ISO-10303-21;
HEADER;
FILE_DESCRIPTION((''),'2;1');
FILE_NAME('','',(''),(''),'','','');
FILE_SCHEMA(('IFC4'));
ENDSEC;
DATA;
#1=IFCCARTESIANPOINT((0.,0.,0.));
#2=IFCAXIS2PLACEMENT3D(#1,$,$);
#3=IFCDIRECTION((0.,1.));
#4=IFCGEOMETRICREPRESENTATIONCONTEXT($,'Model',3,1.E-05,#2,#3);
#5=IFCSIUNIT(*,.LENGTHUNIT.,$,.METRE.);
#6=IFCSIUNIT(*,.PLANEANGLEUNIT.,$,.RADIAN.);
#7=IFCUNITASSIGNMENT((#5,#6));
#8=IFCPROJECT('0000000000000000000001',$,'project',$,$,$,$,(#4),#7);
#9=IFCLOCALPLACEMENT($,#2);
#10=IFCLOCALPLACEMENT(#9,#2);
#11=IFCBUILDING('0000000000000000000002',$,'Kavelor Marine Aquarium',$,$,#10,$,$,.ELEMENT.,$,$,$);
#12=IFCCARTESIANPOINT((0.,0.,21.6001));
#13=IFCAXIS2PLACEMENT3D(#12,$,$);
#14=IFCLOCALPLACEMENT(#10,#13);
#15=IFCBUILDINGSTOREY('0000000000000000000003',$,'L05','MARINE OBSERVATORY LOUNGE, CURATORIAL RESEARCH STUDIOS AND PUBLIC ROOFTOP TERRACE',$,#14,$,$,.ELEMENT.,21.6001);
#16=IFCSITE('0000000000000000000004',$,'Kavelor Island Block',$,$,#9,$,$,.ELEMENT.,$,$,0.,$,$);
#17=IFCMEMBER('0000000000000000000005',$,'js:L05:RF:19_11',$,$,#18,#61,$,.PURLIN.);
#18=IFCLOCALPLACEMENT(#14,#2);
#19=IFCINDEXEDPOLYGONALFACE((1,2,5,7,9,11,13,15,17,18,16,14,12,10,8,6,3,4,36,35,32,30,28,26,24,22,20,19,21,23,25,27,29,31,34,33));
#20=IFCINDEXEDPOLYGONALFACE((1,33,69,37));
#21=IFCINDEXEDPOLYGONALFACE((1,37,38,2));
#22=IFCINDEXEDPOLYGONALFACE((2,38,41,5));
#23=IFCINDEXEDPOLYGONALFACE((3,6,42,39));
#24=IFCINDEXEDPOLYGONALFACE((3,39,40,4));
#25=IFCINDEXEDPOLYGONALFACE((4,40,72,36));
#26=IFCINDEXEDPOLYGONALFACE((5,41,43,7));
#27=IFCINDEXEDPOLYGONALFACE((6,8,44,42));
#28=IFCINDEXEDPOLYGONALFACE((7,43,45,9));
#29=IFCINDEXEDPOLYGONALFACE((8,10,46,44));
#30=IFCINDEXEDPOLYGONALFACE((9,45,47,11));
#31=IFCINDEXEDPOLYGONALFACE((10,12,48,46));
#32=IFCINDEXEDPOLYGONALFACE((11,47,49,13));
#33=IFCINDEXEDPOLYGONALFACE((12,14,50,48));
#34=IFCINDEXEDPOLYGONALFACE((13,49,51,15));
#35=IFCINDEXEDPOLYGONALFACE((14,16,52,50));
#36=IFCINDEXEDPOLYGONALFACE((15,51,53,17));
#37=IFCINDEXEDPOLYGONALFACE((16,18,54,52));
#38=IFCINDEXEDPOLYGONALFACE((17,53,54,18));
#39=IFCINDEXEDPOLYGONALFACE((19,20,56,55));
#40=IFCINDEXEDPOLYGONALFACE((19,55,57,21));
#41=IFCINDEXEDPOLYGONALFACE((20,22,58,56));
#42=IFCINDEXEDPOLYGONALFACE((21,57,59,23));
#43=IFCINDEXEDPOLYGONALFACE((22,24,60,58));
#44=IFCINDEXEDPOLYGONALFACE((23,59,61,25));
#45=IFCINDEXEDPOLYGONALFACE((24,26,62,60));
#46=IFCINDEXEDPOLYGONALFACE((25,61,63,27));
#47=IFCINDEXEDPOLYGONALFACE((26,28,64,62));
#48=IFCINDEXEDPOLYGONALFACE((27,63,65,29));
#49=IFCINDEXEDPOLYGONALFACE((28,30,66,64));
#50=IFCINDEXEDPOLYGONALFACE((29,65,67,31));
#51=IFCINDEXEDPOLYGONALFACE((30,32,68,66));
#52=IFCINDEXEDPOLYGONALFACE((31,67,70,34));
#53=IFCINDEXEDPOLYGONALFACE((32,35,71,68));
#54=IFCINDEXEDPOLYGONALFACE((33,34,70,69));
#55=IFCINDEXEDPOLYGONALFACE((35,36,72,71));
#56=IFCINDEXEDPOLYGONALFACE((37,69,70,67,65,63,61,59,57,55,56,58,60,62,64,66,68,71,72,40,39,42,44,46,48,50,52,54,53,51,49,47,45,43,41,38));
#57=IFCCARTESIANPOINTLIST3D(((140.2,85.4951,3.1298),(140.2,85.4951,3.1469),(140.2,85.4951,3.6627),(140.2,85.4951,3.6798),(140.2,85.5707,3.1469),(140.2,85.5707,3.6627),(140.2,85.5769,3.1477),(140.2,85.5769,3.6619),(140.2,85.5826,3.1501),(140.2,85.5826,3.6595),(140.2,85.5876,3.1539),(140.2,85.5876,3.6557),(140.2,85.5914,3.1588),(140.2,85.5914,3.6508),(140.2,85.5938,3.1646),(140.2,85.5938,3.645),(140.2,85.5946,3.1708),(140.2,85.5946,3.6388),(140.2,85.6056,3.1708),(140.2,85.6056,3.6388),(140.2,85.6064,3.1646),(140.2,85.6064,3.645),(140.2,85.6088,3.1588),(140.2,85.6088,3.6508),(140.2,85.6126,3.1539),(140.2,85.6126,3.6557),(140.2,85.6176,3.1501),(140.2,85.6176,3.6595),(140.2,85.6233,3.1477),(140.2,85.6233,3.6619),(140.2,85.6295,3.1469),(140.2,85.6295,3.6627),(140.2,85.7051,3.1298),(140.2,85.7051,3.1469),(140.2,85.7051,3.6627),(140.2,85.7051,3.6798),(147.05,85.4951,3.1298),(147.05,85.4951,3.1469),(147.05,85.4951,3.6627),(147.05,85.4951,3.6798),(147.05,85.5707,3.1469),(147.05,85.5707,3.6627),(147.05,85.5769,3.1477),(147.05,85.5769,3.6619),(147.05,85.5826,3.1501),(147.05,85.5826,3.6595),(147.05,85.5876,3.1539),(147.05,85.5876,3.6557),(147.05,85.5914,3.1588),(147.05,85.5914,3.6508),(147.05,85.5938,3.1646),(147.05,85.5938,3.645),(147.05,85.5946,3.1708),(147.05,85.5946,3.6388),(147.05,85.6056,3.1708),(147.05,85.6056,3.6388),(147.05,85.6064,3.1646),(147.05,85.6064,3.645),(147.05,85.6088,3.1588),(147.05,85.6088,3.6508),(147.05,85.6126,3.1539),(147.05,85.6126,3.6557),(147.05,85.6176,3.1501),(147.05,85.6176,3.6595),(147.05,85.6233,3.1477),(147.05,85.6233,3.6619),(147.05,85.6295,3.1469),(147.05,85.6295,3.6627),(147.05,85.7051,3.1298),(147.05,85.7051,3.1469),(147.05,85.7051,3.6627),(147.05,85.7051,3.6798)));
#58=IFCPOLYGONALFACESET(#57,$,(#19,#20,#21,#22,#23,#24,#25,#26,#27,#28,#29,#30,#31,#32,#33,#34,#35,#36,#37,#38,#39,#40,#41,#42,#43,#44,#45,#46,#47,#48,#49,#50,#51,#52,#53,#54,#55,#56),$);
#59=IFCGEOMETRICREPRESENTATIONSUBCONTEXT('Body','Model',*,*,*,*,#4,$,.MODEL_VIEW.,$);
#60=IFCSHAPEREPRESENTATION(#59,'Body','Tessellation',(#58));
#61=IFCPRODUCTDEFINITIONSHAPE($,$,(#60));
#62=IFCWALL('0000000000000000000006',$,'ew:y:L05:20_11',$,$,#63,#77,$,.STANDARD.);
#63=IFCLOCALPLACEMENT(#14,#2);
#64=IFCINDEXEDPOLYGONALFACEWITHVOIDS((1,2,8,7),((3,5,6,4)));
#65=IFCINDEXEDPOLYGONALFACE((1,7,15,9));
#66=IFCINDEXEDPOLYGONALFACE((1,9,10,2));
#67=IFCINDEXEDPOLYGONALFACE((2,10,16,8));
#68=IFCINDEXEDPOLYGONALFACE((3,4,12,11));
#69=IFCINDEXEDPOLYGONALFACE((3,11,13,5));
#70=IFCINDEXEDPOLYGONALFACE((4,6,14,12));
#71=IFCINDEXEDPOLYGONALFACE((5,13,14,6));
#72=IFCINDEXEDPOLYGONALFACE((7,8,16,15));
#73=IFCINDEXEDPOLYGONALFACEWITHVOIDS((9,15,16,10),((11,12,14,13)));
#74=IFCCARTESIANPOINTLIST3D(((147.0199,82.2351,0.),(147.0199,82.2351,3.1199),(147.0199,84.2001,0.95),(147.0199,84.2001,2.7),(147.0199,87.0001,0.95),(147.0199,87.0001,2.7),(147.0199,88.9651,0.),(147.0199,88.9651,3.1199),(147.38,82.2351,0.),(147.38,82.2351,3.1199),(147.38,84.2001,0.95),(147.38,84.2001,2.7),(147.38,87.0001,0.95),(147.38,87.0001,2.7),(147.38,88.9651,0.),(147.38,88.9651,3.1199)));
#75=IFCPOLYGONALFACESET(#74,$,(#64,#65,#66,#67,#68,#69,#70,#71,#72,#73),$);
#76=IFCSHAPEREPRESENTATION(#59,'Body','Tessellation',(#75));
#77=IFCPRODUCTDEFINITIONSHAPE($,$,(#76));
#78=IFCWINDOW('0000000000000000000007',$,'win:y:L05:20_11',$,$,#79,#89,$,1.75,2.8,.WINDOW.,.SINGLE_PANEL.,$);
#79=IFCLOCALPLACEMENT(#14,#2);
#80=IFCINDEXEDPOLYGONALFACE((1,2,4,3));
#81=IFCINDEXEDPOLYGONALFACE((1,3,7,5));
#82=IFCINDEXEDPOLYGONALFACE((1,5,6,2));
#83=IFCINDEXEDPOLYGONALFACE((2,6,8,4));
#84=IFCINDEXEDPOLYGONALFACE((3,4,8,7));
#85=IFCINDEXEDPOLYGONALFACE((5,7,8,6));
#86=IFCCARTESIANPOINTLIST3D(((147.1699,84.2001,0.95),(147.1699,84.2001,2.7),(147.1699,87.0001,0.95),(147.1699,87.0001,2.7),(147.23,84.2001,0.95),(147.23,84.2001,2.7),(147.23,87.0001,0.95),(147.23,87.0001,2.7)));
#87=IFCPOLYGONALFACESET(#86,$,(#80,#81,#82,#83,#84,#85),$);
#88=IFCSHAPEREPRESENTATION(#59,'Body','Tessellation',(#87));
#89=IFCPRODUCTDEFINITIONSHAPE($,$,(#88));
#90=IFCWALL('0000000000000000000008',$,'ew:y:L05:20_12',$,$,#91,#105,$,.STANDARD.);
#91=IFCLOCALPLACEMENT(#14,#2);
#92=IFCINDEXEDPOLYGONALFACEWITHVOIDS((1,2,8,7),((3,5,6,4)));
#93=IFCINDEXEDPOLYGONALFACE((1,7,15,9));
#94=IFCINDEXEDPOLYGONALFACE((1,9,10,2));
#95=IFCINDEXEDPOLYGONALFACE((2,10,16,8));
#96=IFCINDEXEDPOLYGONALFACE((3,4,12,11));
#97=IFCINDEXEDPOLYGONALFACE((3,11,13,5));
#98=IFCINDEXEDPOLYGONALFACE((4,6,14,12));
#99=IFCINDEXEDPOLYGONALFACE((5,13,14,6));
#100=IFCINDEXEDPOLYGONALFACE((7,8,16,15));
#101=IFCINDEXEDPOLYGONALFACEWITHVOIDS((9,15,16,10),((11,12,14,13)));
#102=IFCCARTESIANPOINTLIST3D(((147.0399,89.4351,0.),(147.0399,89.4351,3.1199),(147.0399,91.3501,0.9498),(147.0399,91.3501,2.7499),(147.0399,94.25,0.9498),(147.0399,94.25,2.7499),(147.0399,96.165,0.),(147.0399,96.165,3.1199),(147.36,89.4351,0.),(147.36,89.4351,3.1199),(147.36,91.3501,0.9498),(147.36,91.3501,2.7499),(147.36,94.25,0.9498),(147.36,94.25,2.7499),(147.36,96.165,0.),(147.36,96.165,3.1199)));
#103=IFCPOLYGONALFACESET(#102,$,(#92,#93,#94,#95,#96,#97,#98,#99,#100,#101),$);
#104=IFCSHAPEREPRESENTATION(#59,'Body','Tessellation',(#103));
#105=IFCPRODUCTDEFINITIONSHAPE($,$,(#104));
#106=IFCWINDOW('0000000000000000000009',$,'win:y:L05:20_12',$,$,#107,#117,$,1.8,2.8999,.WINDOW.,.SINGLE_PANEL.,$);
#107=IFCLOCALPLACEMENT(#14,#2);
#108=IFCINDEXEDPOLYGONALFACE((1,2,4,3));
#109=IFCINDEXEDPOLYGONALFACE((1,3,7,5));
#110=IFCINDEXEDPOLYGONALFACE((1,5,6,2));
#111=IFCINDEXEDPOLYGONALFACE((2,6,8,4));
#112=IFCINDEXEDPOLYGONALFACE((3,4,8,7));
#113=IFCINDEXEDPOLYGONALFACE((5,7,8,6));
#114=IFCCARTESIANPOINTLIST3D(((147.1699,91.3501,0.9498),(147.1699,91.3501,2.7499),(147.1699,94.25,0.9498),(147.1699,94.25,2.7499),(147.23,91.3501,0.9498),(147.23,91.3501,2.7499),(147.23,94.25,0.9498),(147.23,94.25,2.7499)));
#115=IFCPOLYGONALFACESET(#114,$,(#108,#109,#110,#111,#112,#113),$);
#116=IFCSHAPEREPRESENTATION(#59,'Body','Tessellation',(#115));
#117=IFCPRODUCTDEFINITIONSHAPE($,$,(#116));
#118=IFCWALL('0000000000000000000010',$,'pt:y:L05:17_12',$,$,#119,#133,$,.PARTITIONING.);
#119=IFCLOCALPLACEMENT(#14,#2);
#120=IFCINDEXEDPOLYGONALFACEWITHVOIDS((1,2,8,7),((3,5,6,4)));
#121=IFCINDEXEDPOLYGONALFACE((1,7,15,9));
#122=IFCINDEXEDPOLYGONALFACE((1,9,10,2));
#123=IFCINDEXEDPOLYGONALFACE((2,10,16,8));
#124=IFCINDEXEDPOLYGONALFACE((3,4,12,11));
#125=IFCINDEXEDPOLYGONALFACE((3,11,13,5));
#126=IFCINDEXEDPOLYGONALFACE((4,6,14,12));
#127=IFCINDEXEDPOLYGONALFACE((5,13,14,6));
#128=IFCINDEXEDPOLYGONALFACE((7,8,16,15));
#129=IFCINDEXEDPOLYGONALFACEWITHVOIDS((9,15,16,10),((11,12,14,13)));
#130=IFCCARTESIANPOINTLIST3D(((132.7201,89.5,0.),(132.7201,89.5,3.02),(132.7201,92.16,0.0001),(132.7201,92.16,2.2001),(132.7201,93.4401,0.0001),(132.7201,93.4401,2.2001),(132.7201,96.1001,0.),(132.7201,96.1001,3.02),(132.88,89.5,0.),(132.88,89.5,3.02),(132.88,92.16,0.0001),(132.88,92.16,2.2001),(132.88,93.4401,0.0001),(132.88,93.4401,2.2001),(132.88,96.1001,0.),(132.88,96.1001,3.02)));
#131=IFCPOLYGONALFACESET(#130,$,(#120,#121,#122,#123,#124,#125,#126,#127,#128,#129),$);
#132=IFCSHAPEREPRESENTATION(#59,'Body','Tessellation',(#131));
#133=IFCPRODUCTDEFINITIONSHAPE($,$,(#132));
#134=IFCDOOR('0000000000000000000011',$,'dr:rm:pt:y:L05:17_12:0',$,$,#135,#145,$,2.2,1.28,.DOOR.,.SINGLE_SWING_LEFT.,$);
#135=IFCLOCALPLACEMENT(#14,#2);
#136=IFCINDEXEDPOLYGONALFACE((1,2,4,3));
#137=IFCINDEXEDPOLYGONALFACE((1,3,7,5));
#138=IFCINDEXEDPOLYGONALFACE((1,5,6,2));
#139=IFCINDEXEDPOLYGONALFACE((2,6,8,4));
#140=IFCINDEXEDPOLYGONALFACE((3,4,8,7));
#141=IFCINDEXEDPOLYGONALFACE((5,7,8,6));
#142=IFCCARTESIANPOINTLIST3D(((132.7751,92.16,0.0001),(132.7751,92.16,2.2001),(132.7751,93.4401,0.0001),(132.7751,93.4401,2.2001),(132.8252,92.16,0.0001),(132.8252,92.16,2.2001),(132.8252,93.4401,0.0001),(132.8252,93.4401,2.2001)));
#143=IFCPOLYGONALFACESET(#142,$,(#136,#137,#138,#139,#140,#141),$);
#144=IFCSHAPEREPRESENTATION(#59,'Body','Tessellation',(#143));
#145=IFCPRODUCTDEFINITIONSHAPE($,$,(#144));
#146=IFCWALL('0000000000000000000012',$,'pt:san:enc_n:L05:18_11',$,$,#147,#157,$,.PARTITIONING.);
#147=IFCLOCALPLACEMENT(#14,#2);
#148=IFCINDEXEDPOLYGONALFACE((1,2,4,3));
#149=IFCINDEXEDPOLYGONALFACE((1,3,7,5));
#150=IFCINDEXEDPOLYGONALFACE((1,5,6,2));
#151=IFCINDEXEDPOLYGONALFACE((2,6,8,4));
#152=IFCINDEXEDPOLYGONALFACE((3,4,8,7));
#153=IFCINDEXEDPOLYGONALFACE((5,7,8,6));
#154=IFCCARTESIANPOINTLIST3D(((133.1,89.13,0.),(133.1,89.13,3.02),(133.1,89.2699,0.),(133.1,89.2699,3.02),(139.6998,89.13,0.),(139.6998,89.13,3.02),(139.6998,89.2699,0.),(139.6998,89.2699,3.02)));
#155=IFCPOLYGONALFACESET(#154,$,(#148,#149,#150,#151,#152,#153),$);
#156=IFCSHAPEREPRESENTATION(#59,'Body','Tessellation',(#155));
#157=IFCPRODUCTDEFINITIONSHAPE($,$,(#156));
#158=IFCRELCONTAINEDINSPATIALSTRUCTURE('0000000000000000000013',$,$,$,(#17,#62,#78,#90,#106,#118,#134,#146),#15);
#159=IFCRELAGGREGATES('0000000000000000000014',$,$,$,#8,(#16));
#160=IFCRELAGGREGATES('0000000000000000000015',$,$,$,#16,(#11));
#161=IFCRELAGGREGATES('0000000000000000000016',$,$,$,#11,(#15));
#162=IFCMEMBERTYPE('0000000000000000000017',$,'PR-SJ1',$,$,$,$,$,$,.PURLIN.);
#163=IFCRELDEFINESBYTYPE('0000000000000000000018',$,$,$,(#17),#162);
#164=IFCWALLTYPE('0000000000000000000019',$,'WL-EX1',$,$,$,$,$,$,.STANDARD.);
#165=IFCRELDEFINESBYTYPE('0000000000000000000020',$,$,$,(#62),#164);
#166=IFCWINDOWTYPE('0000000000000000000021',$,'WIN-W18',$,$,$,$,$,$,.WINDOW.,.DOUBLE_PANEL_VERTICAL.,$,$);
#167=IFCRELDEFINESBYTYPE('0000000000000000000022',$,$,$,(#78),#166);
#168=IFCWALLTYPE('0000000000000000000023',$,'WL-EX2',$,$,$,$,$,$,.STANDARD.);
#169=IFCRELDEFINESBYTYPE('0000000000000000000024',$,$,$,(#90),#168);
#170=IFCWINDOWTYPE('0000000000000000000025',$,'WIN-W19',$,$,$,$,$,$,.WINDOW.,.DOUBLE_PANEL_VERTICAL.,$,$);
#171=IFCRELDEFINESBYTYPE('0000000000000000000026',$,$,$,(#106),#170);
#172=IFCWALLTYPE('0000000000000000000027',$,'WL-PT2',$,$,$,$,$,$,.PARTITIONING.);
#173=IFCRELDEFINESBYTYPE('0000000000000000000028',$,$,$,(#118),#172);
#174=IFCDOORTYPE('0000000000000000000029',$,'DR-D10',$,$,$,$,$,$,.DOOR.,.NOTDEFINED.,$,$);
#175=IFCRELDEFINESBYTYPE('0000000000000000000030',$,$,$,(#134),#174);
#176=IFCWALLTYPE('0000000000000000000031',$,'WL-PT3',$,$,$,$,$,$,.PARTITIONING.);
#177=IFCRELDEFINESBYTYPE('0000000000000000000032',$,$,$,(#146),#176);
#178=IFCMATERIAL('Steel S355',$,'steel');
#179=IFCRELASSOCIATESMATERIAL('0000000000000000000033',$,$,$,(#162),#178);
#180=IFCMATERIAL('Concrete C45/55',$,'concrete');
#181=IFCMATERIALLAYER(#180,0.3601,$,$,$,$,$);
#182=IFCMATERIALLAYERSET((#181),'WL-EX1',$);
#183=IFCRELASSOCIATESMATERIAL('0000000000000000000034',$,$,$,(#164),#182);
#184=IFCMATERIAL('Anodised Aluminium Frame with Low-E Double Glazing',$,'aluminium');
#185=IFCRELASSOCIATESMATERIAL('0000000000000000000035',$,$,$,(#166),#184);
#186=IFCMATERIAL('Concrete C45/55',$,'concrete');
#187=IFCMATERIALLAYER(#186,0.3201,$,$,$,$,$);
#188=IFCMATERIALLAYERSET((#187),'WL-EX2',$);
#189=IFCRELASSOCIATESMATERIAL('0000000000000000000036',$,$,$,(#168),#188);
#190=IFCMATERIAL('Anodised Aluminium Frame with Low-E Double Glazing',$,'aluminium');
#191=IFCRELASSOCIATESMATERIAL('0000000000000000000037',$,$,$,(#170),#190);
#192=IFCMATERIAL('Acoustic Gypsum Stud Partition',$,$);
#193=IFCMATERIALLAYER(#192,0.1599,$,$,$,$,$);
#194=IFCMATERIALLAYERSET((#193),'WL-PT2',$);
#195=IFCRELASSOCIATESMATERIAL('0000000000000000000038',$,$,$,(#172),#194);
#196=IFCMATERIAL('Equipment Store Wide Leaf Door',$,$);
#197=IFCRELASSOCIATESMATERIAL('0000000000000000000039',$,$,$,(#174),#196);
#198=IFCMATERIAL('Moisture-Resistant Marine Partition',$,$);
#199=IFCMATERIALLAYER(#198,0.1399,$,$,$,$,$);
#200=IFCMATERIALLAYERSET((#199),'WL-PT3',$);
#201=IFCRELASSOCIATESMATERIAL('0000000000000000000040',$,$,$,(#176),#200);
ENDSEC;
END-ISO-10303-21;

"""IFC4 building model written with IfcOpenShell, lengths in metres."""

from ifc_helpers import new_model, si_unit, direction, frame, frame_2d, origin, origin_2d, place, context, subcontext, project, spatial, rectangle, i_section, extrude, material, layer, layer_set, material_profile, profile_set, type_object, element, fill, save


model = new_model("IFC4")

# Units and contexts
model_context = context("Model", 3, precision=1e-05, world=origin(), true_north=direction((0.0, 1.0)))
body_context = subcontext(model_context, "Body", "Model", "MODEL_VIEW")
ifc_project = project(units=[si_unit("LENGTHUNIT", "METRE"), si_unit("PLANEANGLEUNIT", "RADIAN")], contexts=[model_context])

# Site, building, storey
site_placement = place(None, origin())
site = spatial("IfcSite", under=ifc_project, at=site_placement, Name="Kavelor Island Block", CompositionType="ELEMENT", RefElevation=0.0)
building_placement = place(site_placement, origin())
building = spatial("IfcBuilding", under=site, at=building_placement, Name="Kavelor Marine Aquarium", CompositionType="ELEMENT")
storey_placement = place(building_placement, frame((0.0, 0.0, 21.6001)))
storey = spatial("IfcBuildingStorey", under=building, at=storey_placement, Name="L05", Description="MARINE OBSERVATORY LOUNGE, CURATORIAL RESEARCH STUDIOS AND PUBLIC ROOFTOP TERRACE", CompositionType="ELEMENT", Elevation=21.6001)

# Member
ifc_material_1 = material(Name="Steel S355", Category="steel")
ifc_material_profile_1 = material_profile(ifc_material_1, i_section(OverallWidth=0.21, OverallDepth=0.55, WebThickness=0.011, FlangeThickness=0.0171, FilletRadius=0.0239, at=origin_2d()), Name="IPE 550")
ifc_profile_set_1 = profile_set([ifc_material_profile_1], Name="Steel S355")
member_type = type_object("IfcMemberType", Name="PR-SJ1", PredefinedType="PURLIN", material=ifc_profile_set_1)
member_1_placement = place(storey_placement, frame((140.2, 85.6001, 3.4048), z_axis=(1.0, 0.0, 0.0), x_axis=(0.0, 1.0, 0.0)))
element("IfcMember", 1, at=member_1_placement, inside=storey, type_object=member_type, Name="js:L05:RF:19_11", PredefinedType="PURLIN", context=body_context, shape_type="SweptSolid", body=[
    extrude(i_section(OverallWidth=0.21, OverallDepth=0.55, WebThickness=0.011, FlangeThickness=0.0171, FilletRadius=0.0239, at=origin_2d()), origin(), (0.0, 0.0, 1.0), 6.8501),
])

# Walls, openings, windows
ifc_material_2 = material(Name="Concrete C45/55", Category="concrete")
ifc_layer_1 = layer(ifc_material_2, 0.3601)
ifc_layer_set_1 = layer_set([ifc_layer_1], Name="WL-EX1")
wall_type_1 = type_object("IfcWallType", Name="WL-EX1", PredefinedType="STANDARD", material=ifc_layer_set_1)
wall_1_placement = place(storey_placement, frame((147.2, 88.9651, 0.0), z_axis=(0.0, 0.0, 1.0), x_axis=(0.0, -1.0, 0.0)))
wall_1 = element("IfcWall", 2, at=wall_1_placement, inside=storey, type_object=wall_type_1, Name="ew:y:L05:20_11", PredefinedType="STANDARD", context=body_context, shape_type="SweptSolid", body=[
    extrude(rectangle(XDim=6.73, YDim=0.3601, at=frame_2d((3.365, 0.0))), origin(), (0.0, 0.0, 1.0), 3.1199),
])
opening_1_placement = place(wall_1_placement, frame((1.9651, 0.0, 0.95)))
opening_1 = element("IfcOpeningElement", 3, at=opening_1_placement, cuts=wall_1, PredefinedType="OPENING", context=body_context, shape_type="SweptSolid", body=[
    extrude(rectangle(XDim=2.8, YDim=1.75, at=frame_2d((1.3999, 0.875))), frame((0.0, 0.1899, 0.0), z_axis=(0.0, -1.0, 0.0), x_axis=(1.0, 0.0, 0.0)), (0.0, 0.0, 1.0), 0.3801),
])
ifc_material_3 = material(Name="Anodised Aluminium Frame with Low-E Double Glazing", Category="aluminium")
window_type_1 = type_object("IfcWindowType", Name="WIN-W18", PartitioningType="DOUBLE_PANEL_VERTICAL", PredefinedType="WINDOW", material=ifc_material_3)
window_1_placement = place(opening_1_placement, origin())
window_1 = element("IfcWindow", 4, at=window_1_placement, inside=storey, type_object=window_type_1, Name="win:y:L05:20_11", OverallHeight=1.75, OverallWidth=2.8, PartitioningType="SINGLE_PANEL", PredefinedType="WINDOW", context=body_context, shape_type="SweptSolid", body=[
    extrude(rectangle(XDim=2.8, YDim=1.75, at=frame_2d((1.3999, 0.875))), frame((0.0, 0.03, 0.0), z_axis=(0.0, -1.0, 0.0), x_axis=(1.0, 0.0, 0.0)), (0.0, 0.0, 1.0), 0.0601),
])
fill(opening_1, window_1)
ifc_material_4 = material(Name="Concrete C45/55", Category="concrete")
ifc_layer_2 = layer(ifc_material_4, 0.3201)
ifc_layer_set_2 = layer_set([ifc_layer_2], Name="WL-EX2")
wall_type_2 = type_object("IfcWallType", Name="WL-EX2", PredefinedType="STANDARD", material=ifc_layer_set_2)
wall_2_placement = place(storey_placement, frame((147.2, 96.165, 0.0), z_axis=(0.0, 0.0, 1.0), x_axis=(0.0, -1.0, 0.0)))
wall_2 = element("IfcWall", 5, at=wall_2_placement, inside=storey, type_object=wall_type_2, Name="ew:y:L05:20_12", PredefinedType="STANDARD", context=body_context, shape_type="SweptSolid", body=[
    extrude(rectangle(XDim=6.73, YDim=0.3201, at=frame_2d((3.365, 0.0))), origin(), (0.0, 0.0, 1.0), 3.1199),
])
opening_2_placement = place(wall_2_placement, frame((1.915, 0.0, 0.95)))
opening_2 = element("IfcOpeningElement", 6, at=opening_2_placement, cuts=wall_2, PredefinedType="OPENING", context=body_context, shape_type="SweptSolid", body=[
    extrude(rectangle(XDim=2.8999, YDim=1.8, at=frame_2d((1.45, 0.8999))), frame((0.0, 0.1699, 0.0), z_axis=(0.0, -1.0, 0.0), x_axis=(1.0, 0.0, 0.0)), (0.0, 0.0, 1.0), 0.3401),
])
ifc_material_5 = material(Name="Anodised Aluminium Frame with Low-E Double Glazing", Category="aluminium")
window_type_2 = type_object("IfcWindowType", Name="WIN-W19", PartitioningType="DOUBLE_PANEL_VERTICAL", PredefinedType="WINDOW", material=ifc_material_5)
window_2_placement = place(opening_2_placement, origin())
window_2 = element("IfcWindow", 7, at=window_2_placement, inside=storey, type_object=window_type_2, Name="win:y:L05:20_12", OverallHeight=1.8, OverallWidth=2.8999, PartitioningType="SINGLE_PANEL", PredefinedType="WINDOW", context=body_context, shape_type="SweptSolid", body=[
    extrude(rectangle(XDim=2.8999, YDim=1.8, at=frame_2d((1.45, 0.8999))), frame((0.0, 0.03, 0.0), z_axis=(0.0, -1.0, 0.0), x_axis=(1.0, 0.0, 0.0)), (0.0, 0.0, 1.0), 0.0601),
])
fill(opening_2, window_2)

# Wall, opening, door
ifc_material_6 = material(Name="Acoustic Gypsum Stud Partition")
ifc_layer_3 = layer(ifc_material_6, 0.1599)
ifc_layer_set_3 = layer_set([ifc_layer_3], Name="WL-PT2")
wall_type_3 = type_object("IfcWallType", Name="WL-PT2", PredefinedType="PARTITIONING", material=ifc_layer_set_3)
wall_3_placement = place(storey_placement, frame((132.8, 89.5, 0.0), z_axis=(0.0, 0.0, 1.0), x_axis=(0.0, 1.0, 0.0)))
wall_3 = element("IfcWall", 8, at=wall_3_placement, inside=storey, type_object=wall_type_3, Name="pt:y:L05:17_12", PredefinedType="PARTITIONING", context=body_context, shape_type="SweptSolid", body=[
    extrude(rectangle(XDim=6.6001, YDim=0.1599, at=frame_2d((3.3, 0.0))), origin(), (0.0, 0.0, 1.0), 3.02),
])
opening_3_placement = place(wall_3_placement, frame((2.6599, 0.0, 0.0)))
opening_3 = element("IfcOpeningElement", 9, at=opening_3_placement, cuts=wall_3, PredefinedType="OPENING", context=body_context, shape_type="SweptSolid", body=[
    extrude(rectangle(XDim=1.28, YDim=2.2, at=frame_2d((0.6401, 1.1001))), frame((0.0, 0.0898, 0.0), z_axis=(0.0, -1.0, 0.0), x_axis=(1.0, 0.0, 0.0)), (0.0, 0.0, 1.0), 0.1799),
])
ifc_material_7 = material(Name="Equipment Store Wide Leaf Door")
door_type = type_object("IfcDoorType", Name="DR-D10", OperationType="NOTDEFINED", PredefinedType="DOOR", material=ifc_material_7)
door_placement = place(opening_3_placement, origin())
door = element("IfcDoor", 10, at=door_placement, inside=storey, type_object=door_type, Name="dr:rm:pt:y:L05:17_12:0", OperationType="SINGLE_SWING_LEFT", OverallHeight=2.2, OverallWidth=1.28, PredefinedType="DOOR", context=body_context, shape_type="SweptSolid", body=[
    extrude(rectangle(XDim=1.28, YDim=2.2, at=frame_2d((0.6401, 1.1001))), frame((0.0, 0.0249, 0.0), z_axis=(0.0, -1.0, 0.0), x_axis=(1.0, 0.0, 0.0)), (0.0, 0.0, 1.0), 0.05),
])
fill(opening_3, door)

# Wall
ifc_material_8 = material(Name="Moisture-Resistant Marine Partition")
ifc_layer_4 = layer(ifc_material_8, 0.1399)
ifc_layer_set_4 = layer_set([ifc_layer_4], Name="WL-PT3")
wall_type_4 = type_object("IfcWallType", Name="WL-PT3", PredefinedType="PARTITIONING", material=ifc_layer_set_4)
wall_4_placement = place(storey_placement, frame((133.1001, 89.2, 0.0), z_axis=(0.0, 0.0, 1.0), x_axis=(1.0, 0.0, 0.0)))
element("IfcWall", 11, at=wall_4_placement, inside=storey, type_object=wall_type_4, Name="pt:san:enc_n:L05:18_11", PredefinedType="PARTITIONING", context=body_context, shape_type="SweptSolid", body=[
    extrude(rectangle(XDim=6.5999, YDim=0.1399, at=frame_2d((3.2998, 0.0))), origin(), (0.0, 0.0, 1.0), 3.02),
])

save(model, "model.ifc")
